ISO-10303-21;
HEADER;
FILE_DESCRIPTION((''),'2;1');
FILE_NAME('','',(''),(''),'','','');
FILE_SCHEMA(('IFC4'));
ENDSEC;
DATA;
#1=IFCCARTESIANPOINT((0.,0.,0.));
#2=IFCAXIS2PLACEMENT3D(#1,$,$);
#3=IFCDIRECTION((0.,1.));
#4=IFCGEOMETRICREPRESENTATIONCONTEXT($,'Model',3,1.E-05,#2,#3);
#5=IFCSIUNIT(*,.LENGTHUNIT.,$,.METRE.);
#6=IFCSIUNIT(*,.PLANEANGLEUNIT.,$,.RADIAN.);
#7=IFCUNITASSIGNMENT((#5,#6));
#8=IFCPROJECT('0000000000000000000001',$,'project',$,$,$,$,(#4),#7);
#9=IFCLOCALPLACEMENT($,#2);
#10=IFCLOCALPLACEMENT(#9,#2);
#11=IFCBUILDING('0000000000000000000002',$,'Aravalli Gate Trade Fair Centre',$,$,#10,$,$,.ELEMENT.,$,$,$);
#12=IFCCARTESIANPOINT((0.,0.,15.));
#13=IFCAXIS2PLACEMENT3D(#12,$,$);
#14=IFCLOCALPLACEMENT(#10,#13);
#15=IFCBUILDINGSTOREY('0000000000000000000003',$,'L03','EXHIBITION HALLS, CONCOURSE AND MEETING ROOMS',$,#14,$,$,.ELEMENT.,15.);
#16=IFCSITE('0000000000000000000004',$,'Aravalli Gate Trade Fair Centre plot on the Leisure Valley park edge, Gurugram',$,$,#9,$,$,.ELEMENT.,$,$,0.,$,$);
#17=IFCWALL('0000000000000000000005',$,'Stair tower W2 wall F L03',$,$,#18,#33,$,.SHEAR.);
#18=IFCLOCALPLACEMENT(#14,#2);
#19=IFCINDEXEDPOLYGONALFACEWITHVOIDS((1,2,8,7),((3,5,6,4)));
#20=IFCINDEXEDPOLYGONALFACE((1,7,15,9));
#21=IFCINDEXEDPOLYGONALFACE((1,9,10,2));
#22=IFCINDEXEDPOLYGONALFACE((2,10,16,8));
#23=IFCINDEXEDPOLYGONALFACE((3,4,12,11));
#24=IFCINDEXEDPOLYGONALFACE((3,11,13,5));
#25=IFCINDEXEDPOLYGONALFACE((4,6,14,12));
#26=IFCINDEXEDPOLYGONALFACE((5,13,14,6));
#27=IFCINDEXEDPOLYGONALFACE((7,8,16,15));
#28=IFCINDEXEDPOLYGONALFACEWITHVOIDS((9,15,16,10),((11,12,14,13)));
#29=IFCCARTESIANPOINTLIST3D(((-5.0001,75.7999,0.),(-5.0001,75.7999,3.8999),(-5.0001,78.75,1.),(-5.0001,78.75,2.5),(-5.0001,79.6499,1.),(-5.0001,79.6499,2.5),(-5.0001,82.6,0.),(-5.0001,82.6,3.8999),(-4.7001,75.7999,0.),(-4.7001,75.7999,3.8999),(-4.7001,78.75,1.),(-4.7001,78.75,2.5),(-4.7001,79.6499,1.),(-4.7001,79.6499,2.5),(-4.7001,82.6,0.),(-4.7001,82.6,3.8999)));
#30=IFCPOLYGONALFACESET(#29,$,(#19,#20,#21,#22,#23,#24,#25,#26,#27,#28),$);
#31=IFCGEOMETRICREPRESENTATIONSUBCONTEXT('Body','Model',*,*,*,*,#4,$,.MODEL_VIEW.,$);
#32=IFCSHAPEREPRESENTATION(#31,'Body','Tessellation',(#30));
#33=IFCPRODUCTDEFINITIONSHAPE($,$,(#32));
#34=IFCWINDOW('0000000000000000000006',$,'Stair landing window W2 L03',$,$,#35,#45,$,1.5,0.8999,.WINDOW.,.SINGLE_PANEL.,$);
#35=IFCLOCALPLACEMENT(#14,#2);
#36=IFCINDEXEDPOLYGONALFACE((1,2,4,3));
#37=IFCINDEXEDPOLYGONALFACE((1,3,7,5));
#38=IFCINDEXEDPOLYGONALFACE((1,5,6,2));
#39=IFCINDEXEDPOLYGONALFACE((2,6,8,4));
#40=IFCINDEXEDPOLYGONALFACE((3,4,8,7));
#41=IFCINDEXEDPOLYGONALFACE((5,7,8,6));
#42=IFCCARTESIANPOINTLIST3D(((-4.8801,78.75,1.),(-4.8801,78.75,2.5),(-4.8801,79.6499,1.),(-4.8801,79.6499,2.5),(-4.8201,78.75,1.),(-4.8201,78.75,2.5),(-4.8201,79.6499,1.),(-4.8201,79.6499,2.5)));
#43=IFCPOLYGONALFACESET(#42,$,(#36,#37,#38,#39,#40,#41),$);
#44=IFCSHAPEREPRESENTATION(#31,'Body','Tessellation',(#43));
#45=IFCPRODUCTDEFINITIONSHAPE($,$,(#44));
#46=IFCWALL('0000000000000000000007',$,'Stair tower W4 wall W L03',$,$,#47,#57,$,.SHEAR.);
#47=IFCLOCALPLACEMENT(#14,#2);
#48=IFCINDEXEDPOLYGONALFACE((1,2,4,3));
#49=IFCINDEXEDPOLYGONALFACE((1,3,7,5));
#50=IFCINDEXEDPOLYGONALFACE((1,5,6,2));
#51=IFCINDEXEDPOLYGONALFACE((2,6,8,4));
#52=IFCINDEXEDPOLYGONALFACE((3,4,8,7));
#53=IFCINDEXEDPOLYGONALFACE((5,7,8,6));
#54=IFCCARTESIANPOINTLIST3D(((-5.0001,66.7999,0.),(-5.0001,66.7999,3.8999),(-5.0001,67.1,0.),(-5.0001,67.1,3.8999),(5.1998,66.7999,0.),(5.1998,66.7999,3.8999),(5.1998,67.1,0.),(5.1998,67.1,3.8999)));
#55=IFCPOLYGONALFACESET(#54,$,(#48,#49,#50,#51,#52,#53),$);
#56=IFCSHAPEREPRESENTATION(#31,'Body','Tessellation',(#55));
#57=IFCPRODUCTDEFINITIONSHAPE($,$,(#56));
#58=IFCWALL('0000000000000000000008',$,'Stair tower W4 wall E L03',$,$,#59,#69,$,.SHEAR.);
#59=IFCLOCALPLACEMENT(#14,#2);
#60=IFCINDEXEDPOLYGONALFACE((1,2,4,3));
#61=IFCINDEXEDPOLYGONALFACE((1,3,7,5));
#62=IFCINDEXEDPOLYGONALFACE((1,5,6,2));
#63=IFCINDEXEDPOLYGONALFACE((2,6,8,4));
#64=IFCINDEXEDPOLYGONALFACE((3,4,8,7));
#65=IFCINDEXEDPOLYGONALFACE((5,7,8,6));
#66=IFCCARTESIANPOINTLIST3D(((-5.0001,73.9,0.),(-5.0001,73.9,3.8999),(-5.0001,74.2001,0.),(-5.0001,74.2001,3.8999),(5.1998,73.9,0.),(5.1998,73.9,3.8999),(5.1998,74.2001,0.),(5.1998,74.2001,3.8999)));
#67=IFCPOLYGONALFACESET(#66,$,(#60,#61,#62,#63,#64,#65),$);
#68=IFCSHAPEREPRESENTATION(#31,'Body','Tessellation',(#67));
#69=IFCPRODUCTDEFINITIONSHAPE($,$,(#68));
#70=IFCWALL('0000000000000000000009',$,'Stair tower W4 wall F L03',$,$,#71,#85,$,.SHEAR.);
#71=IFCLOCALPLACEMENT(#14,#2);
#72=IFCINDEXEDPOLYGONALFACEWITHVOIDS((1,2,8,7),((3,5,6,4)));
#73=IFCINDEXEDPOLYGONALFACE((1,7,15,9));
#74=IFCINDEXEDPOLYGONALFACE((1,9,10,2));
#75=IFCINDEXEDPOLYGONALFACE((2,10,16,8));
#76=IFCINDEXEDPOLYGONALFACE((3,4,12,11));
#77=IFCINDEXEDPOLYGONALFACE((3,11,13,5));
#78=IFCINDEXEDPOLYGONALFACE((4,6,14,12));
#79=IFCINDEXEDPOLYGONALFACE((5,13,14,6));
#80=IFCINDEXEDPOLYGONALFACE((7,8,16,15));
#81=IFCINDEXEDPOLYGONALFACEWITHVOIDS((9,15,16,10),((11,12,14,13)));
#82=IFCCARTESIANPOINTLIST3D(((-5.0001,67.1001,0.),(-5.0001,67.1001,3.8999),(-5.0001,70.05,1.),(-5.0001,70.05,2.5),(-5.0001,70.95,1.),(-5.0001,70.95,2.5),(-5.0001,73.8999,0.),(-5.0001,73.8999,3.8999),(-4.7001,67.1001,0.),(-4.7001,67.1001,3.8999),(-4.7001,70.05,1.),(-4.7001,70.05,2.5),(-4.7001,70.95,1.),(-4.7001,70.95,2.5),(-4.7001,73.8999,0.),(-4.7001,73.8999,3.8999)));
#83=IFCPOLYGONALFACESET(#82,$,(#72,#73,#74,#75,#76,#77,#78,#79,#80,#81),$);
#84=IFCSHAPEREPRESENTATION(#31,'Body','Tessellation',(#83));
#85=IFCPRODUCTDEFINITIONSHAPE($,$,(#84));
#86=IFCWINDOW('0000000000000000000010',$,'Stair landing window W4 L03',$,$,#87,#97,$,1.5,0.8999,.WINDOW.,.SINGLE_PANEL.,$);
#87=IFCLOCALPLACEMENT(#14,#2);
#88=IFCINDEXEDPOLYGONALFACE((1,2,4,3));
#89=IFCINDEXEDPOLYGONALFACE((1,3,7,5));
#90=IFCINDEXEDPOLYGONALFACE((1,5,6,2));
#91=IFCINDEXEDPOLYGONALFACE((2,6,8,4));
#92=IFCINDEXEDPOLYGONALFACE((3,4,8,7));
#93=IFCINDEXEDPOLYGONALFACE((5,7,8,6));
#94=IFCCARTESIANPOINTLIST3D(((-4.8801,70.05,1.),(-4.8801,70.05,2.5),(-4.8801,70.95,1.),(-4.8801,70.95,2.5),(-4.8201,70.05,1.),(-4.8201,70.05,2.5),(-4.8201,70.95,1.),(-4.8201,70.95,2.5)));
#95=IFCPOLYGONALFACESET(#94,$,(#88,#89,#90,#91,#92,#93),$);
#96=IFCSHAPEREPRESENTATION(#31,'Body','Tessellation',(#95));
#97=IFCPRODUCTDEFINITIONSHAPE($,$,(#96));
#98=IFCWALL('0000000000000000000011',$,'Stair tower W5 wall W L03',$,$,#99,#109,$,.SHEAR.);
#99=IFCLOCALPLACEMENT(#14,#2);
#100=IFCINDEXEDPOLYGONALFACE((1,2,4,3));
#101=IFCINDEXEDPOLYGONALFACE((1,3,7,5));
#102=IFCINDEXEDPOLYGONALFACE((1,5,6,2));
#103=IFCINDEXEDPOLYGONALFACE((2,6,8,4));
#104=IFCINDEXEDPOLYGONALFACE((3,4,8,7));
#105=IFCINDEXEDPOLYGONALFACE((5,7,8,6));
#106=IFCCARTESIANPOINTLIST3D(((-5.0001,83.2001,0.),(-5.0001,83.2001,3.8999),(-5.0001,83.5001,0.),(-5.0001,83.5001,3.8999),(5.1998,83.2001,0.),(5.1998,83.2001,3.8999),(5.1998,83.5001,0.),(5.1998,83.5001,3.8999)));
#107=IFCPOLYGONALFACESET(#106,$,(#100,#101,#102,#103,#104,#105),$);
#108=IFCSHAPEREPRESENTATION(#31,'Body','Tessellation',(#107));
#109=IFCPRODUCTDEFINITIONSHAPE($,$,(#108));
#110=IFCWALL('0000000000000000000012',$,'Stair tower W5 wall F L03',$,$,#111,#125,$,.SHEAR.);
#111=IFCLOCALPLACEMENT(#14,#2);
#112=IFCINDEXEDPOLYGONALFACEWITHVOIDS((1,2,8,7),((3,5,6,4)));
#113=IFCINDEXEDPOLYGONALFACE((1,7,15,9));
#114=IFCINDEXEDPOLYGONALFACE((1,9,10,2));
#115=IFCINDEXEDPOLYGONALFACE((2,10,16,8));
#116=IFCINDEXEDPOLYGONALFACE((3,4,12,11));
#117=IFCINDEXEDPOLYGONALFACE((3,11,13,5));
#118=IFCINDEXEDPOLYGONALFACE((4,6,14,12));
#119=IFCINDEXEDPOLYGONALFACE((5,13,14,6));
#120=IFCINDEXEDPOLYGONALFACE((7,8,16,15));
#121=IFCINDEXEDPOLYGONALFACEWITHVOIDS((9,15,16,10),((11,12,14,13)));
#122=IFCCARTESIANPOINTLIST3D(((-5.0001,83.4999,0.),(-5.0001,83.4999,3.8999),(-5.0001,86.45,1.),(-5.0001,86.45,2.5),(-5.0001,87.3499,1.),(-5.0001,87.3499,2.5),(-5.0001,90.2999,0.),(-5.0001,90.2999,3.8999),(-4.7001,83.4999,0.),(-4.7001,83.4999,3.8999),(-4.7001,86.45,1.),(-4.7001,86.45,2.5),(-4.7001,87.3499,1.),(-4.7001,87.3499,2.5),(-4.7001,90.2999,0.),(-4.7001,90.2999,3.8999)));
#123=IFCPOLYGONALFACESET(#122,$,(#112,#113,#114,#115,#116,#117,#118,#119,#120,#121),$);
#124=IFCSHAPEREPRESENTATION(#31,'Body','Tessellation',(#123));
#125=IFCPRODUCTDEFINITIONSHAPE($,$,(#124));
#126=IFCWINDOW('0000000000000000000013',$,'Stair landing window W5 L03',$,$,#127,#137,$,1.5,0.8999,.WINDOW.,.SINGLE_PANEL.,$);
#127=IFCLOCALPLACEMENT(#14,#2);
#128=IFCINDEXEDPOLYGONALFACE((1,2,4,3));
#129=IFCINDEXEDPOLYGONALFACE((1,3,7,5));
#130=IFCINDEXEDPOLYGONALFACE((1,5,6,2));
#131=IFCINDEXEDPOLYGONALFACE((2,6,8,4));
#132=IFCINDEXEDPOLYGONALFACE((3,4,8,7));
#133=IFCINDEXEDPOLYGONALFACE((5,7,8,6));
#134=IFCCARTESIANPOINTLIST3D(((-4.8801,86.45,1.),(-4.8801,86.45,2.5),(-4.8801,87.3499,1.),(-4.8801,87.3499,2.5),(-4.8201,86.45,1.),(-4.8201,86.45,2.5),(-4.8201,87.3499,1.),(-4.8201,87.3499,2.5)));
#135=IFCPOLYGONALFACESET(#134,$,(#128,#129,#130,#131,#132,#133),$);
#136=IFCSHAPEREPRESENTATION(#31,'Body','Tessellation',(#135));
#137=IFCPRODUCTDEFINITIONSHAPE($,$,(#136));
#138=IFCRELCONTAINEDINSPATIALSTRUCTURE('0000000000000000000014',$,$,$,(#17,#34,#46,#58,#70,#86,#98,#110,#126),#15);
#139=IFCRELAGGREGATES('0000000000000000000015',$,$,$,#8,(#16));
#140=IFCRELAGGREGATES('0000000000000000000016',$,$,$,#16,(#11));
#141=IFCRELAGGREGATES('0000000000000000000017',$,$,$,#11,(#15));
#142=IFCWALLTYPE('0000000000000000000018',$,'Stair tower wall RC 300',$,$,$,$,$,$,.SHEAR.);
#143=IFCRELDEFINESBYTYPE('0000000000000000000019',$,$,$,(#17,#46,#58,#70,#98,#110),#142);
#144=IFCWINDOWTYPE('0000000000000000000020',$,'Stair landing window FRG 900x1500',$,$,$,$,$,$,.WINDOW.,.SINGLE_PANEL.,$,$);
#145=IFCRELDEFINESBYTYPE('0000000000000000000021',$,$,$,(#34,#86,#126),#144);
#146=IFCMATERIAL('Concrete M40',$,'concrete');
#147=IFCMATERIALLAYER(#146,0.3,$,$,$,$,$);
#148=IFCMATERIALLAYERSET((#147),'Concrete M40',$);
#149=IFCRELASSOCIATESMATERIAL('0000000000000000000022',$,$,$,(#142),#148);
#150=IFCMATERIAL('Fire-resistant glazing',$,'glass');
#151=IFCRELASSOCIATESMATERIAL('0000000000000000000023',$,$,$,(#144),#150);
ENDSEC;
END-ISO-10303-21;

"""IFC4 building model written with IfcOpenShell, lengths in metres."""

from ifc_helpers import new_model, si_unit, direction, frame, frame_2d, origin, place, context, subcontext, project, spatial, rectangle, extrude, material, layer, layer_set, type_object, element, fill, save


model = new_model("IFC4")

# Units and contexts
model_context = context("Model", 3, precision=1e-05, world=origin(), true_north=direction((0.0, 1.0)))
body_context = subcontext(model_context, "Body", "Model", "MODEL_VIEW")
ifc_project = project(units=[si_unit("LENGTHUNIT", "METRE"), si_unit("PLANEANGLEUNIT", "RADIAN")], contexts=[model_context])

# Site, building, storey
site_placement = place(None, origin())
site = spatial("IfcSite", under=ifc_project, at=site_placement, Name="Aravalli Gate Trade Fair Centre plot on the Leisure Valley park edge, Gurugram", CompositionType="ELEMENT", RefElevation=0.0)
building_placement = place(site_placement, origin())
building = spatial("IfcBuilding", under=site, at=building_placement, Name="Aravalli Gate Trade Fair Centre", CompositionType="ELEMENT")
storey_placement = place(building_placement, frame((0.0, 0.0, 15.0)))
storey = spatial("IfcBuildingStorey", under=building, at=storey_placement, Name="L03", Description="EXHIBITION HALLS, CONCOURSE AND MEETING ROOMS", CompositionType="ELEMENT", Elevation=15.0)

# Shared definitions
ifc_material_1 = material(Name="Concrete M40", Category="concrete")

# Shared definitions
ifc_layer_1 = layer(ifc_material_1, 0.3)
ifc_layer_set_1 = layer_set([ifc_layer_1], Name="Concrete M40")
wall_type_1 = type_object("IfcWallType", Name="Stair tower wall RC 300", PredefinedType="SHEAR", material=ifc_layer_set_1)

# Wall, opening, window
wall_1_placement = place(storey_placement, frame((-4.8501, 75.8, 0.0), z_axis=(0.0, 0.0, 1.0), x_axis=(0.0, 1.0, 0.0)))
wall_1 = element("IfcWall", 1, at=wall_1_placement, inside=storey, type_object=wall_type_1, Name="Stair tower W2 wall F L03", PredefinedType="SHEAR", context=body_context, shape_type="SweptSolid", body=[
    extrude(rectangle(XDim=6.8, YDim=0.3, at=frame_2d((3.3999, 0.0))), origin(), (0.0, 0.0, 1.0), 3.8999),
])
opening_1_placement = place(wall_1_placement, frame((2.95, 0.0, 1.0)))
opening_1 = element("IfcOpeningElement", 2, at=opening_1_placement, cuts=wall_1, PredefinedType="OPENING", context=body_context, shape_type="SweptSolid", body=[
    extrude(rectangle(XDim=0.8999, YDim=1.5, at=frame_2d((0.45, 0.75))), frame((0.0, 0.1599, 0.0), z_axis=(0.0, -1.0, 0.0), x_axis=(1.0, 0.0, 0.0)), (0.0, 0.0, 1.0), 0.3201),
])
ifc_material_2 = material(Name="Fire-resistant glazing", Category="glass")
window_type = type_object("IfcWindowType", Name="Stair landing window FRG 900x1500", PartitioningType="SINGLE_PANEL", PredefinedType="WINDOW", material=ifc_material_2)
window_1_placement = place(opening_1_placement, origin())
window_1 = element("IfcWindow", 3, at=window_1_placement, inside=storey, type_object=window_type, Name="Stair landing window W2 L03", OverallHeight=1.5, OverallWidth=0.8999, PartitioningType="SINGLE_PANEL", PredefinedType="WINDOW", context=body_context, shape_type="SweptSolid", body=[
    extrude(rectangle(XDim=0.8999, YDim=1.5, at=frame_2d((0.45, 0.75))), frame((0.0, 0.03, 0.0), z_axis=(0.0, -1.0, 0.0), x_axis=(1.0, 0.0, 0.0)), (0.0, 0.0, 1.0), 0.0601),
])
fill(opening_1, window_1)

# Walls
for number, where, z_axis, x_axis, name in (
    (4, (5.2, 66.95, 0.0), (0.0, 0.0, 1.0), (-1.0, 0.0, 0.0), "Stair tower W4 wall W L03"),
    (5, (5.2, 74.05, 0.0), (0.0, 0.0, 1.0), (-1.0, 0.0, 0.0), "Stair tower W4 wall E L03"),
):
    element("IfcWall", number, at=place(storey_placement, frame(where, z_axis=z_axis, x_axis=x_axis)), inside=storey, type_object=wall_type_1, Name=name, PredefinedType="SHEAR", context=body_context, shape_type="SweptSolid", body=[
        extrude(rectangle(XDim=10.2, YDim=0.3, at=frame_2d((5.1001, 0.0))), origin(), (0.0, 0.0, 1.0), 3.8999),
    ])

# Wall, opening, window
wall_2_placement = place(storey_placement, frame((-4.8501, 67.1001, 0.0), z_axis=(0.0, 0.0, 1.0), x_axis=(0.0, 1.0, 0.0)))
wall_2 = element("IfcWall", 6, at=wall_2_placement, inside=storey, type_object=wall_type_1, Name="Stair tower W4 wall F L03", PredefinedType="SHEAR", context=body_context, shape_type="SweptSolid", body=[
    extrude(rectangle(XDim=6.7998, YDim=0.3, at=frame_2d((3.3999, 0.0))), origin(), (0.0, 0.0, 1.0), 3.8999),
])
opening_2_placement = place(wall_2_placement, frame((2.95, 0.0, 1.0)))
opening_2 = element("IfcOpeningElement", 7, at=opening_2_placement, cuts=wall_2, PredefinedType="OPENING", context=body_context, shape_type="SweptSolid", body=[
    extrude(rectangle(XDim=0.8999, YDim=1.5, at=frame_2d((0.45, 0.75))), frame((0.0, 0.1599, 0.0), z_axis=(0.0, -1.0, 0.0), x_axis=(1.0, 0.0, 0.0)), (0.0, 0.0, 1.0), 0.3201),
])
window_2_placement = place(opening_2_placement, origin())
window_2 = element("IfcWindow", 8, at=window_2_placement, inside=storey, type_object=window_type, Name="Stair landing window W4 L03", OverallHeight=1.5, OverallWidth=0.8999, PartitioningType="SINGLE_PANEL", PredefinedType="WINDOW", context=body_context, shape_type="SweptSolid", body=[
    extrude(rectangle(XDim=0.8999, YDim=1.5, at=frame_2d((0.45, 0.75))), frame((0.0, 0.03, 0.0), z_axis=(0.0, -1.0, 0.0), x_axis=(1.0, 0.0, 0.0)), (0.0, 0.0, 1.0), 0.0601),
])
fill(opening_2, window_2)

# Wall
wall_3_placement = place(storey_placement, frame((5.2, 83.3501, 0.0), z_axis=(0.0, 0.0, 1.0), x_axis=(-1.0, 0.0, 0.0)))
element("IfcWall", 9, at=wall_3_placement, inside=storey, type_object=wall_type_1, Name="Stair tower W5 wall W L03", PredefinedType="SHEAR", context=body_context, shape_type="SweptSolid", body=[
    extrude(rectangle(XDim=10.2, YDim=0.3, at=frame_2d((5.1001, 0.0))), origin(), (0.0, 0.0, 1.0), 3.8999),
])

# Wall, opening, window
wall_4_placement = place(storey_placement, frame((-4.8501, 83.5, 0.0), z_axis=(0.0, 0.0, 1.0), x_axis=(0.0, 1.0, 0.0)))
wall_4 = element("IfcWall", 10, at=wall_4_placement, inside=storey, type_object=wall_type_1, Name="Stair tower W5 wall F L03", PredefinedType="SHEAR", context=body_context, shape_type="SweptSolid", body=[
    extrude(rectangle(XDim=6.8, YDim=0.3, at=frame_2d((3.3999, 0.0))), origin(), (0.0, 0.0, 1.0), 3.8999),
])
opening_3_placement = place(wall_4_placement, frame((2.95, 0.0, 1.0)))
opening_3 = element("IfcOpeningElement", 11, at=opening_3_placement, cuts=wall_4, PredefinedType="OPENING", context=body_context, shape_type="SweptSolid", body=[
    extrude(rectangle(XDim=0.8999, YDim=1.5, at=frame_2d((0.45, 0.75))), frame((0.0, 0.1599, 0.0), z_axis=(0.0, -1.0, 0.0), x_axis=(1.0, 0.0, 0.0)), (0.0, 0.0, 1.0), 0.3201),
])
window_3_placement = place(opening_3_placement, origin())
window_3 = element("IfcWindow", 12, at=window_3_placement, inside=storey, type_object=window_type, Name="Stair landing window W5 L03", OverallHeight=1.5, OverallWidth=0.8999, PartitioningType="SINGLE_PANEL", PredefinedType="WINDOW", context=body_context, shape_type="SweptSolid", body=[
    extrude(rectangle(XDim=0.8999, YDim=1.5, at=frame_2d((0.45, 0.75))), frame((0.0, 0.03, 0.0), z_axis=(0.0, -1.0, 0.0), x_axis=(1.0, 0.0, 0.0)), (0.0, 0.0, 1.0), 0.0601),
])
fill(opening_3, window_3)

save(model, "model.ifc")
